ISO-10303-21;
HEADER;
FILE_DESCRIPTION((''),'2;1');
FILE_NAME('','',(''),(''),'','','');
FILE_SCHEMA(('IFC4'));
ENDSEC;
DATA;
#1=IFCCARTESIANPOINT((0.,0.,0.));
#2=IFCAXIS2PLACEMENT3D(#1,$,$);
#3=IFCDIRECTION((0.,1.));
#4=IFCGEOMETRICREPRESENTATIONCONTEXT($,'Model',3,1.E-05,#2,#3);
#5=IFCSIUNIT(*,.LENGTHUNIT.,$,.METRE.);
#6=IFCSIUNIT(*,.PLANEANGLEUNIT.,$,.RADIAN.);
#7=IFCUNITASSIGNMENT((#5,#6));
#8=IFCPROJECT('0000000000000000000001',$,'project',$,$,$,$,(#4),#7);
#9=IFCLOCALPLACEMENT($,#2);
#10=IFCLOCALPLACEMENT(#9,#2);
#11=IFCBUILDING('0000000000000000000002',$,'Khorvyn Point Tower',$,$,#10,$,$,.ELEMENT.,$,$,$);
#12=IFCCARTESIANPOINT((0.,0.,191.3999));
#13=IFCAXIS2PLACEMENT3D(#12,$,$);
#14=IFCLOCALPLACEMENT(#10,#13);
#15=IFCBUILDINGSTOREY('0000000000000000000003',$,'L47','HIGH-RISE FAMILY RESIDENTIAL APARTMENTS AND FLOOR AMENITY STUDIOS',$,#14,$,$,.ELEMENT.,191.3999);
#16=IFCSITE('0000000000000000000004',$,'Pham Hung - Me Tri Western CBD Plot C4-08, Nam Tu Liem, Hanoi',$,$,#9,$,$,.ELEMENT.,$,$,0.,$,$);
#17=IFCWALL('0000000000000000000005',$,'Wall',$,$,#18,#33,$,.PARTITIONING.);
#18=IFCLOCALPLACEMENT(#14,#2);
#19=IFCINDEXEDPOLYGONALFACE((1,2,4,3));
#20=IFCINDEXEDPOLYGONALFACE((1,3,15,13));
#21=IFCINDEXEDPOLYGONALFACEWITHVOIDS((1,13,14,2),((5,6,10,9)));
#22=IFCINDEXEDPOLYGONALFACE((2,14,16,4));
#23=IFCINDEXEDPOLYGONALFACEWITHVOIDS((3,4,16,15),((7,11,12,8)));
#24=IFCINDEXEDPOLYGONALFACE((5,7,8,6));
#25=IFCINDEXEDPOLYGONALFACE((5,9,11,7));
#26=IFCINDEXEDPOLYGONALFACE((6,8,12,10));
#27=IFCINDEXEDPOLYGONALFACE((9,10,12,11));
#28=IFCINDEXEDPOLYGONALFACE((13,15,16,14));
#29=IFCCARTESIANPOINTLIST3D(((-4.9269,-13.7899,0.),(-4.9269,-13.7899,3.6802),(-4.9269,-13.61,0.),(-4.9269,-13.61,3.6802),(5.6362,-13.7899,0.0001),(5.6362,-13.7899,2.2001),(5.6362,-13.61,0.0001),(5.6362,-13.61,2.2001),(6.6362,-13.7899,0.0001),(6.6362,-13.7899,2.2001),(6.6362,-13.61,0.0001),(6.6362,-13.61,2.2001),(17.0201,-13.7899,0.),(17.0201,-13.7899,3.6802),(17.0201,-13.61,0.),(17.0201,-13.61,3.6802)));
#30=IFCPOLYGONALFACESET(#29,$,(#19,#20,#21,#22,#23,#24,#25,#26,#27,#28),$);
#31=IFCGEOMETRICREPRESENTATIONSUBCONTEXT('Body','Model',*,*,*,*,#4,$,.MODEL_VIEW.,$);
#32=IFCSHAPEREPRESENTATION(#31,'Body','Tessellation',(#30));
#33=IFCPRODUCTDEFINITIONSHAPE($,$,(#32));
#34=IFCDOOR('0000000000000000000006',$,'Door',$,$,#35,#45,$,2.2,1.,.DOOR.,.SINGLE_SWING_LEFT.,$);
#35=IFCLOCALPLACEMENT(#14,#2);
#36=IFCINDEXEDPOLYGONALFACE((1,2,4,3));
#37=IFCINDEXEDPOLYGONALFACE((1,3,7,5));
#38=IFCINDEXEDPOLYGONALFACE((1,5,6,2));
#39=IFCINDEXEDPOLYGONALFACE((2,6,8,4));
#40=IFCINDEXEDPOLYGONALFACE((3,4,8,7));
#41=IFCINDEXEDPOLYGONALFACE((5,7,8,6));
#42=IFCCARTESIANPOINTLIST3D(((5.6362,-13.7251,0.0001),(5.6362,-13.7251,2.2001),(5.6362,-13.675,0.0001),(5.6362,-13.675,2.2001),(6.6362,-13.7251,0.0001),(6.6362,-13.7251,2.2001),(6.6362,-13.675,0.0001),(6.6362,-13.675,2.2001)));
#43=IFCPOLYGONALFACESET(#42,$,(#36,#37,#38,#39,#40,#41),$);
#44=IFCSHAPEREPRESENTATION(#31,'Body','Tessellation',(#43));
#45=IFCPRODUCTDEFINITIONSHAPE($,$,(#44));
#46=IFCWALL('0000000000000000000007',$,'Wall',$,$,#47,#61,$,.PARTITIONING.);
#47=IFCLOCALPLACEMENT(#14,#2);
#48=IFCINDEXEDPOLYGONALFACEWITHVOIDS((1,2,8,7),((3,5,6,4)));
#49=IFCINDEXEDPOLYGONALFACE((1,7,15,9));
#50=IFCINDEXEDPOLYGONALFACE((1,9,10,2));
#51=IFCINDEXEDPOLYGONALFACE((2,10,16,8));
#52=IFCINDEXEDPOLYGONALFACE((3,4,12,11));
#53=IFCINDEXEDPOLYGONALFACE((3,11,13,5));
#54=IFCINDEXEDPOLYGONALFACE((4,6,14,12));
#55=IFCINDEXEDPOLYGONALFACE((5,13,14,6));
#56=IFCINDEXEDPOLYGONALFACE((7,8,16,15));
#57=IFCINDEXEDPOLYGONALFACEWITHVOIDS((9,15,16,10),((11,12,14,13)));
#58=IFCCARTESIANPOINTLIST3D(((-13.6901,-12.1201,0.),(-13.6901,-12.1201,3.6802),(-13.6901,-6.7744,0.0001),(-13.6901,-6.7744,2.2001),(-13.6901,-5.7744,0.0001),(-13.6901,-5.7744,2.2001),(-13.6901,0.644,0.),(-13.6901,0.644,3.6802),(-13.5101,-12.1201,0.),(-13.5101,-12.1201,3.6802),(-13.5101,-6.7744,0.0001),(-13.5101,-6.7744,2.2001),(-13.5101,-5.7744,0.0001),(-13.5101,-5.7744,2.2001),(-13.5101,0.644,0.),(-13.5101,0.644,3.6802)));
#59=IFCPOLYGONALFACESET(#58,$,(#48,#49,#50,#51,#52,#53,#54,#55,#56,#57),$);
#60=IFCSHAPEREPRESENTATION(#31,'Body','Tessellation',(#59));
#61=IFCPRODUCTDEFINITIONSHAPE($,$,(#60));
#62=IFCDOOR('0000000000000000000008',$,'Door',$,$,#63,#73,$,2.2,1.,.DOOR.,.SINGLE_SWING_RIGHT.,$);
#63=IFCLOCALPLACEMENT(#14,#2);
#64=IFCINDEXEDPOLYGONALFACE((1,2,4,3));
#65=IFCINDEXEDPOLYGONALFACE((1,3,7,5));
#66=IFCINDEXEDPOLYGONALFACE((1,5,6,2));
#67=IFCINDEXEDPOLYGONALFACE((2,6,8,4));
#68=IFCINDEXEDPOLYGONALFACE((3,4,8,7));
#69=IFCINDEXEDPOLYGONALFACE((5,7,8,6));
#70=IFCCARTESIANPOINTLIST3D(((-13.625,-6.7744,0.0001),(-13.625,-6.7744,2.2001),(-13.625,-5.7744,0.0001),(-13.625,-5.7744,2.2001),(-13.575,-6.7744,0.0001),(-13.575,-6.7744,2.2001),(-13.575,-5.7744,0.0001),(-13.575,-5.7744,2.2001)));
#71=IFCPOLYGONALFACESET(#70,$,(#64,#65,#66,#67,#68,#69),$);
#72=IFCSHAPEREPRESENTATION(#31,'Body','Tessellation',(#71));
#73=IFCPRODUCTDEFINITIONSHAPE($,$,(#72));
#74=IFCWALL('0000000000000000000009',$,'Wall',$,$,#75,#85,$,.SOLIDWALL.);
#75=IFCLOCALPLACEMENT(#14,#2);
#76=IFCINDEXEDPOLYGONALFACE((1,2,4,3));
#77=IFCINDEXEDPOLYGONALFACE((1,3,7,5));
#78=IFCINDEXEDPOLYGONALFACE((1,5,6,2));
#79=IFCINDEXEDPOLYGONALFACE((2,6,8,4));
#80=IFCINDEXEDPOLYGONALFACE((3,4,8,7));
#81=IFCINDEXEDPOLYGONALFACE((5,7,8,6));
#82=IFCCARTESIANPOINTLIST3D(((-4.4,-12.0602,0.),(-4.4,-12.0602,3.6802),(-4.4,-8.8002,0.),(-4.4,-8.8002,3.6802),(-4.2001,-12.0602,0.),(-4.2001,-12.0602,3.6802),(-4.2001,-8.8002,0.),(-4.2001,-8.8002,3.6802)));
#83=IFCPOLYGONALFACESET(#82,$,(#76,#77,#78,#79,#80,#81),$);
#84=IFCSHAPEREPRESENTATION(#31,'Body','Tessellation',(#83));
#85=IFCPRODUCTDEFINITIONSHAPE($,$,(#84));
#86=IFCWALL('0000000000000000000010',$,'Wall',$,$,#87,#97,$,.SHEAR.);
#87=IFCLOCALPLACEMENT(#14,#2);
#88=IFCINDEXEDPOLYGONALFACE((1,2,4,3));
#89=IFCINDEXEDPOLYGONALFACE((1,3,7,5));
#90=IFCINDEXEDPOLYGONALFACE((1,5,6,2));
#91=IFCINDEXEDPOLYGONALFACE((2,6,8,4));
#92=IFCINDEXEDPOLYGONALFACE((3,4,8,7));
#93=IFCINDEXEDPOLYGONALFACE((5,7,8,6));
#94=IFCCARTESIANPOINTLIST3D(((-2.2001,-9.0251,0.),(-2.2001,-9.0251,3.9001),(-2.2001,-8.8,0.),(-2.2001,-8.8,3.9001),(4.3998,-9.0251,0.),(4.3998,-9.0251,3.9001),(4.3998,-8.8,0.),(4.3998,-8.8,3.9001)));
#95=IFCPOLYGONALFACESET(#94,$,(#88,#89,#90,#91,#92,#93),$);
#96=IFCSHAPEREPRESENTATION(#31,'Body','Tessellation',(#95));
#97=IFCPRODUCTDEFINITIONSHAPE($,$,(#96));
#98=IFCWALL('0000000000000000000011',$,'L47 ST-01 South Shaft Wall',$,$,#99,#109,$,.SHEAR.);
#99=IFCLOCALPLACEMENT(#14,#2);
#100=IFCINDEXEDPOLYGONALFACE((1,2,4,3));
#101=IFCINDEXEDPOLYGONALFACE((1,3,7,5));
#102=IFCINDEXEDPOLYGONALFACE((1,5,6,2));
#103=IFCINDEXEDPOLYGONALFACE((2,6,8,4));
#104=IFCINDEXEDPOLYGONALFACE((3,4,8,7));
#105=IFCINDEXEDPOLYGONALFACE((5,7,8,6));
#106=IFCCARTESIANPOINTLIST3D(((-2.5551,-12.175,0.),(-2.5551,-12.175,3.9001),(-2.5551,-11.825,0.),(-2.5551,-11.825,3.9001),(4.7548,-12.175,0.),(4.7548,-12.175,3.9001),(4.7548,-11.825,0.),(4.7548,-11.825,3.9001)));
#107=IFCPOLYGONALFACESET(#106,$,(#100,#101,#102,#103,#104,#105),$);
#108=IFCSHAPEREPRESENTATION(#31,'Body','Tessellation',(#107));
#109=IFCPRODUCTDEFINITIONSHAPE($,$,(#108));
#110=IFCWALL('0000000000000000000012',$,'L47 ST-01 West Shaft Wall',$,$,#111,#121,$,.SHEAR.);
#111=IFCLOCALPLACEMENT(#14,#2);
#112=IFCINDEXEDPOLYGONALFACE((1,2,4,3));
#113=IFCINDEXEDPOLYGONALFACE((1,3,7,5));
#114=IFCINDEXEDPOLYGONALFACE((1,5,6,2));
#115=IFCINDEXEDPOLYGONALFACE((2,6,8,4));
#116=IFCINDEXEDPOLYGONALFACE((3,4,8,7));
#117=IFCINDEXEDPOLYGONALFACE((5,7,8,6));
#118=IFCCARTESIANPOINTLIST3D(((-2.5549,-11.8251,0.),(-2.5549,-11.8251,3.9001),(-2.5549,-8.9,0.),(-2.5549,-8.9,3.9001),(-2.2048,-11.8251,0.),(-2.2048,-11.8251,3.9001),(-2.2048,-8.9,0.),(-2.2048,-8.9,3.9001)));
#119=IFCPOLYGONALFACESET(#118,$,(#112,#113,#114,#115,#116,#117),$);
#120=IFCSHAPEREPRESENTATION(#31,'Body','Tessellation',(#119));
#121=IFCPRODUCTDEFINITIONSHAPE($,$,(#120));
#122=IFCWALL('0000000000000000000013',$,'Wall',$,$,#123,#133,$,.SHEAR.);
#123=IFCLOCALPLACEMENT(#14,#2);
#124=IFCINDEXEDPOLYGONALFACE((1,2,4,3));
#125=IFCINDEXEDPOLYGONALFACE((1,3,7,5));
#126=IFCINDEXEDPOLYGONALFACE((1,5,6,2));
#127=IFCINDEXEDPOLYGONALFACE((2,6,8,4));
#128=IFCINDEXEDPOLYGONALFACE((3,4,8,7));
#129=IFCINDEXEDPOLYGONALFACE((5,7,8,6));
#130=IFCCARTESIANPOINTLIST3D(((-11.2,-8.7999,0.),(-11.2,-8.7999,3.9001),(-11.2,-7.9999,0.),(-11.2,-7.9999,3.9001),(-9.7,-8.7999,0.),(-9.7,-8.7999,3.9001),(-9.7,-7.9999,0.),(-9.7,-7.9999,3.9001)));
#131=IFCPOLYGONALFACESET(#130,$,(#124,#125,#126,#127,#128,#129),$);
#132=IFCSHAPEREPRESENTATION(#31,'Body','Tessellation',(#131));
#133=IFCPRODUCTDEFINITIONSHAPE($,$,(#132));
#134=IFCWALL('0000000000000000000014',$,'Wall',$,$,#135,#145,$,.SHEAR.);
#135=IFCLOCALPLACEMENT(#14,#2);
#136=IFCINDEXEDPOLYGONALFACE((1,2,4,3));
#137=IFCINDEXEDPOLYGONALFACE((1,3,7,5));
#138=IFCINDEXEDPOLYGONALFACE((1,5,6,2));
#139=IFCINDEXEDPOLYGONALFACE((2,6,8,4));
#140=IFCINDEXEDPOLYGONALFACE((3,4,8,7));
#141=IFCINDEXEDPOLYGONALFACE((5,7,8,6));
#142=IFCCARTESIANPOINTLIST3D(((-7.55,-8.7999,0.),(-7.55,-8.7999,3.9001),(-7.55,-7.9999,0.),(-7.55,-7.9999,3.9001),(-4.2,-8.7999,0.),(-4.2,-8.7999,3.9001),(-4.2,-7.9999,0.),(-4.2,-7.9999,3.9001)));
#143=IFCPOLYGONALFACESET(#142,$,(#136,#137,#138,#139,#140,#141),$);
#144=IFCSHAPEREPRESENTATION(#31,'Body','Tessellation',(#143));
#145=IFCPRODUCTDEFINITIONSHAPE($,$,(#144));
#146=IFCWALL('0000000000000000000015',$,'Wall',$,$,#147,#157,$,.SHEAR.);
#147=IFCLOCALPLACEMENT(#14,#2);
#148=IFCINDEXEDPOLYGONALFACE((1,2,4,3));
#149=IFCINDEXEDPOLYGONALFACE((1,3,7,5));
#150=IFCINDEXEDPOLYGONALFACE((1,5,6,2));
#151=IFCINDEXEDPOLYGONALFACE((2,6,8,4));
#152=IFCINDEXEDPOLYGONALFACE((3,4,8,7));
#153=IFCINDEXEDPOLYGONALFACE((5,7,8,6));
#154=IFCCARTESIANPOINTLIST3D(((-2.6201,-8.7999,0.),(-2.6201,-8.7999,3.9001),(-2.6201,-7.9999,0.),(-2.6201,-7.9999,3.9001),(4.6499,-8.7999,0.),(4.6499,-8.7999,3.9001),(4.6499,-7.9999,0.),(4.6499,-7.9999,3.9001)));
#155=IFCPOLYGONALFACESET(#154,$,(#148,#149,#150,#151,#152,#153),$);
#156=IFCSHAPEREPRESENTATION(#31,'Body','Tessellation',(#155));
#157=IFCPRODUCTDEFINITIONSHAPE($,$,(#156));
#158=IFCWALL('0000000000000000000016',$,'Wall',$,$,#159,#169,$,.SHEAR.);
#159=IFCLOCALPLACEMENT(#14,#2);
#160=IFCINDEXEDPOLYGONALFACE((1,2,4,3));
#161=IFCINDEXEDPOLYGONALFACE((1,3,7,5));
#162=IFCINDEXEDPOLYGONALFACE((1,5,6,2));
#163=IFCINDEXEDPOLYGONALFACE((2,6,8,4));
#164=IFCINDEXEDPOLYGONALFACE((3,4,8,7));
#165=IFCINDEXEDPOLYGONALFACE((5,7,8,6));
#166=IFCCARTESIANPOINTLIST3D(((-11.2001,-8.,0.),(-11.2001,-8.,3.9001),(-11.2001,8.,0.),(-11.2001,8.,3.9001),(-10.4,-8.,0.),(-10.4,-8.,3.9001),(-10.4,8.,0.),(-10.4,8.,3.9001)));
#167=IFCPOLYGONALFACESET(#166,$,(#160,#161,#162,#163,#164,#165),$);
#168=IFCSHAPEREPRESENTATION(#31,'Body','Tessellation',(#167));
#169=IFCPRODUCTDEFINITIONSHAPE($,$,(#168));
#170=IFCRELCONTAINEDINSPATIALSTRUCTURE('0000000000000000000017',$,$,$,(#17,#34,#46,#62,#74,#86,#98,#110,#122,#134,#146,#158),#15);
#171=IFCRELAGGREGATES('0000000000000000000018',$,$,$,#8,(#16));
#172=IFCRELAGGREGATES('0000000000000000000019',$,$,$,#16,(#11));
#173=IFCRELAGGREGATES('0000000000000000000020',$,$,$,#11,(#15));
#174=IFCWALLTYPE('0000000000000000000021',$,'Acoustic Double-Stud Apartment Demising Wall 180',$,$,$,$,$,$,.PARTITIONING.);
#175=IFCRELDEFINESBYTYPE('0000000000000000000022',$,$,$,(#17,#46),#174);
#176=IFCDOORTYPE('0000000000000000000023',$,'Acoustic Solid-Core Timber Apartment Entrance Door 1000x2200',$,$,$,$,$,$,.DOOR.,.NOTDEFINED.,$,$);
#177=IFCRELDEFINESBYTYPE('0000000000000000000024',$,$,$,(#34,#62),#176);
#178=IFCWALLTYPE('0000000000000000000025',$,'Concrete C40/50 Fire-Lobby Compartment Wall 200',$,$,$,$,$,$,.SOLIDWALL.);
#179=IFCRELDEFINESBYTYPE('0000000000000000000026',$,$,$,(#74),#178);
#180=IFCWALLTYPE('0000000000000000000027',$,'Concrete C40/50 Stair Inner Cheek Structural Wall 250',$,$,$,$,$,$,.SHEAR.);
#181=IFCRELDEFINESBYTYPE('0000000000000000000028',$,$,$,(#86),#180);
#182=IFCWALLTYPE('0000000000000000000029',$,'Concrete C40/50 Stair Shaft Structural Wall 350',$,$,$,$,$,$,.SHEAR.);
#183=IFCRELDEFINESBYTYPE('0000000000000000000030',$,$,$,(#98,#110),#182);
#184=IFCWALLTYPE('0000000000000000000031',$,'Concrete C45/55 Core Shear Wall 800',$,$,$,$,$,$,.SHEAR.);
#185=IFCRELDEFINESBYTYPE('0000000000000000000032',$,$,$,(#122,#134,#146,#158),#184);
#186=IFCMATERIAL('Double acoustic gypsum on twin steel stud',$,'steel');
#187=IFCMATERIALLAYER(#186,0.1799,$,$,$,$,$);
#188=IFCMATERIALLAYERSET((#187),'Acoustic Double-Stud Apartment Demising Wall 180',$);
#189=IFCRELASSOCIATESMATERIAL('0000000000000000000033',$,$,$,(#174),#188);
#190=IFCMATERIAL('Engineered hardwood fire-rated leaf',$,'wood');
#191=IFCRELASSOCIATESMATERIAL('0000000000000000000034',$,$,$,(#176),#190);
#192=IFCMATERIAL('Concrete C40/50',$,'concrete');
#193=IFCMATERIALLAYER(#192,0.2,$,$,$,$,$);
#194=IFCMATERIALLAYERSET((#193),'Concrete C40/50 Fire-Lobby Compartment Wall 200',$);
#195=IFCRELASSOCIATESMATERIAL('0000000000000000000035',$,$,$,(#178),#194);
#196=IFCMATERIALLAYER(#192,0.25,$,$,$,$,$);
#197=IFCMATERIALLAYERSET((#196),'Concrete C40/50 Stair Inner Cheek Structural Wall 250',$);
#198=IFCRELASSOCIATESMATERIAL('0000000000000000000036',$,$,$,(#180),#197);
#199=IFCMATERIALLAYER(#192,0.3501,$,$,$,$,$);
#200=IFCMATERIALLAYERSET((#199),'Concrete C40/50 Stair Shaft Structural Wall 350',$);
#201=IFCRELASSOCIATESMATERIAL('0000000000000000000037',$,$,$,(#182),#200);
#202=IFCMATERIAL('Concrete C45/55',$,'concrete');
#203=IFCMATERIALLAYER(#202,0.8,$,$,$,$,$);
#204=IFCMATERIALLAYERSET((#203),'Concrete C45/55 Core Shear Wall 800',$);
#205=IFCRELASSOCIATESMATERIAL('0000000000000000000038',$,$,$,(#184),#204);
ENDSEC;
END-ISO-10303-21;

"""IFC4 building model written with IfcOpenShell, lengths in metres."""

from ifc_helpers import new_model, si_unit, direction, frame, frame_2d, origin, place, context, subcontext, project, spatial, rectangle, extrude, material, layer, layer_set, type_object, element, fill, save


model = new_model("IFC4")

# Units and contexts
model_context = context("Model", 3, precision=1e-05, world=origin(), true_north=direction((0.0, 1.0)))
body_context = subcontext(model_context, "Body", "Model", "MODEL_VIEW")
ifc_project = project(units=[si_unit("LENGTHUNIT", "METRE"), si_unit("PLANEANGLEUNIT", "RADIAN")], contexts=[model_context])

# Site, building, storey
site_placement = place(None, origin())
site = spatial("IfcSite", under=ifc_project, at=site_placement, Name="Pham Hung - Me Tri Western CBD Plot C4-08, Nam Tu Liem, Hanoi", CompositionType="ELEMENT", RefElevation=0.0)
building_placement = place(site_placement, origin())
building = spatial("IfcBuilding", under=site, at=building_placement, Name="Khorvyn Point Tower", CompositionType="ELEMENT")
storey_placement = place(building_placement, frame((0.0, 0.0, 191.3999)))
storey = spatial("IfcBuildingStorey", under=building, at=storey_placement, Name="L47", Description="HIGH-RISE FAMILY RESIDENTIAL APARTMENTS AND FLOOR AMENITY STUDIOS", CompositionType="ELEMENT", Elevation=191.3999)

# Shared definitions
ifc_material_1 = material(Name="Concrete C45/55", Category="concrete")

# Walls, openings, doors
ifc_material_2 = material(Name="Double acoustic gypsum on twin steel stud", Category="steel")
ifc_layer_1 = layer(ifc_material_2, 0.1799)
ifc_layer_set_1 = layer_set([ifc_layer_1], Name="Acoustic Double-Stud Apartment Demising Wall 180")
wall_type_1 = type_object("IfcWallType", Name="Acoustic Double-Stud Apartment Demising Wall 180", PredefinedType="PARTITIONING", material=ifc_layer_set_1)
wall_1_placement = place(storey_placement, frame((-4.927, -13.7, 0.0), z_axis=(0.0, 0.0, 1.0), x_axis=(1.0, 0.0, 0.0)))
wall_1 = element("IfcWall", 1, at=wall_1_placement, inside=storey, type_object=wall_type_1, Name="Wall", PredefinedType="PARTITIONING", context=body_context, shape_type="SweptSolid", body=[
    extrude(rectangle(XDim=21.947, YDim=0.1799, at=frame_2d((10.9736, 0.0))), origin(), (0.0, 0.0, 1.0), 3.6802),
])
opening_1_placement = place(wall_1_placement, frame((10.5632, 0.0, 0.0)))
opening_1 = element("IfcOpeningElement", 2, at=opening_1_placement, cuts=wall_1, PredefinedType="OPENING", context=body_context, shape_type="SweptSolid", body=[
    extrude(rectangle(XDim=1.0, YDim=2.2, at=frame_2d((0.5, 1.1001))), frame((0.0, 0.0999, 0.0), z_axis=(0.0, -1.0, 0.0), x_axis=(1.0, 0.0, 0.0)), (0.0, 0.0, 1.0), 0.2),
])
ifc_material_3 = material(Name="Engineered hardwood fire-rated leaf", Category="wood")
door_type_1 = type_object("IfcDoorType", Name="Acoustic Solid-Core Timber Apartment Entrance Door 1000x2200", OperationType="NOTDEFINED", PredefinedType="DOOR", material=ifc_material_3)
door_1_placement = place(opening_1_placement, origin())
door_1 = element("IfcDoor", 3, at=door_1_placement, inside=storey, type_object=door_type_1, Name="Door", OperationType="SINGLE_SWING_LEFT", OverallHeight=2.2, OverallWidth=1.0, PredefinedType="DOOR", context=body_context, shape_type="SweptSolid", body=[
    extrude(rectangle(XDim=1.0, YDim=2.2, at=frame_2d((0.5, 1.1001))), frame((0.0, 0.0249, 0.0), z_axis=(0.0, -1.0, 0.0), x_axis=(1.0, 0.0, 0.0)), (0.0, 0.0, 1.0), 0.05),
])
fill(opening_1, door_1)
wall_2_placement = place(storey_placement, frame((-13.6001, -12.1201, 0.0), z_axis=(0.0, 0.0, 1.0), x_axis=(0.0, 1.0, 0.0)))
wall_2 = element("IfcWall", 4, at=wall_2_placement, inside=storey, type_object=wall_type_1, Name="Wall", PredefinedType="PARTITIONING", context=body_context, shape_type="SweptSolid", body=[
    extrude(rectangle(XDim=12.7642, YDim=0.1799, at=frame_2d((6.3821, 0.0))), origin(), (0.0, 0.0, 1.0), 3.6802),
])
opening_2_placement = place(wall_2_placement, frame((5.3457, 0.0, 0.0)))
opening_2 = element("IfcOpeningElement", 5, at=opening_2_placement, cuts=wall_2, PredefinedType="OPENING", context=body_context, shape_type="SweptSolid", body=[
    extrude(rectangle(XDim=1.0, YDim=2.2, at=frame_2d((0.5, 1.1001))), frame((0.0, 0.0999, 0.0), z_axis=(0.0, -1.0, 0.0), x_axis=(1.0, 0.0, 0.0)), (0.0, 0.0, 1.0), 0.2),
])
door_2_placement = place(opening_2_placement, origin())
door_2 = element("IfcDoor", 6, at=door_2_placement, inside=storey, type_object=door_type_1, Name="Door", OperationType="SINGLE_SWING_RIGHT", OverallHeight=2.2, OverallWidth=1.0, PredefinedType="DOOR", context=body_context, shape_type="SweptSolid", body=[
    extrude(rectangle(XDim=1.0, YDim=2.2, at=frame_2d((0.5, 1.1001))), frame((0.0, 0.0249, 0.0), z_axis=(0.0, -1.0, 0.0), x_axis=(1.0, 0.0, 0.0)), (0.0, 0.0, 1.0), 0.05),
])
fill(opening_2, door_2)
ifc_material_4 = material(Name="Concrete C40/50", Category="concrete")
ifc_layer_2 = layer(ifc_material_4, 0.2)
ifc_layer_set_2 = layer_set([ifc_layer_2], Name="Concrete C40/50 Fire-Lobby Compartment Wall 200")
wall_type_2 = type_object("IfcWallType", Name="Concrete C40/50 Fire-Lobby Compartment Wall 200", PredefinedType="SOLIDWALL", material=ifc_layer_set_2)

# Walls
wall_3_placement = place(storey_placement, frame((-4.3, -12.0601, 0.0), z_axis=(0.0, 0.0, 1.0), x_axis=(0.0, 1.0, 0.0)))
element("IfcWall", 7, at=wall_3_placement, inside=storey, type_object=wall_type_2, Name="Wall", PredefinedType="SOLIDWALL", context=body_context, shape_type="SweptSolid", body=[
    extrude(rectangle(XDim=3.26, YDim=0.2, at=frame_2d((1.6299, 0.0))), origin(), (0.0, 0.0, 1.0), 3.6802),
])
ifc_layer_3 = layer(ifc_material_4, 0.25)
ifc_layer_set_3 = layer_set([ifc_layer_3], Name="Concrete C40/50 Stair Inner Cheek Structural Wall 250")
wall_type_3 = type_object("IfcWallType", Name="Concrete C40/50 Stair Inner Cheek Structural Wall 250", PredefinedType="SHEAR", material=ifc_layer_set_3)
wall_4_placement = place(storey_placement, frame((-2.2, -8.9126, 0.0), z_axis=(0.0, 0.0, 1.0), x_axis=(1.0, 0.0, 0.0)))
element("IfcWall", 8, at=wall_4_placement, inside=storey, type_object=wall_type_3, Name="Wall", PredefinedType="SHEAR", context=body_context, shape_type="SweptSolid", body=[
    extrude(rectangle(XDim=6.5999, YDim=0.2251, at=frame_2d((3.2998, 0.0))), origin(), (0.0, 0.0, 1.0), 3.9001),
])
ifc_layer_4 = layer(ifc_material_4, 0.3501)
ifc_layer_set_4 = layer_set([ifc_layer_4], Name="Concrete C40/50 Stair Shaft Structural Wall 350")
wall_type_4 = type_object("IfcWallType", Name="Concrete C40/50 Stair Shaft Structural Wall 350", PredefinedType="SHEAR", material=ifc_layer_set_4)
wall_5_placement = place(storey_placement, frame((-2.5549, -12.0, 0.0), z_axis=(0.0, 0.0, 1.0), x_axis=(1.0, 0.0, 0.0)))
element("IfcWall", 9, at=wall_5_placement, inside=storey, type_object=wall_type_4, Name="L47 ST-01 South Shaft Wall", PredefinedType="SHEAR", context=body_context, shape_type="SweptSolid", body=[
    extrude(rectangle(XDim=7.3098, YDim=0.3501, at=frame_2d((3.6548, 0.0))), origin(), (0.0, 0.0, 1.0), 3.9001),
])
wall_6_placement = place(storey_placement, frame((-2.3799, -11.825, 0.0), z_axis=(0.0, 0.0, 1.0), x_axis=(0.0, 1.0, 0.0)))
element("IfcWall", 10, at=wall_6_placement, inside=storey, type_object=wall_type_4, Name="L47 ST-01 West Shaft Wall", PredefinedType="SHEAR", context=body_context, shape_type="SweptSolid", body=[
    extrude(rectangle(XDim=2.925, YDim=0.3501, at=frame_2d((1.4624, 0.0))), origin(), (0.0, 0.0, 1.0), 3.9001),
])
ifc_layer_5 = layer(ifc_material_1, 0.8)
ifc_layer_set_5 = layer_set([ifc_layer_5], Name="Concrete C45/55 Core Shear Wall 800")
wall_type_5 = type_object("IfcWallType", Name="Concrete C45/55 Core Shear Wall 800", PredefinedType="SHEAR", material=ifc_layer_set_5)
wall_7_placement = place(storey_placement, frame((-11.2, -8.3999, 0.0), z_axis=(0.0, 0.0, 1.0), x_axis=(1.0, 0.0, 0.0)))
element("IfcWall", 11, at=wall_7_placement, inside=storey, type_object=wall_type_5, Name="Wall", PredefinedType="SHEAR", context=body_context, shape_type="SweptSolid", body=[
    extrude(rectangle(XDim=1.5, YDim=0.8, at=frame_2d((0.75, 0.0))), origin(), (0.0, 0.0, 1.0), 3.9001),
])
wall_8_placement = place(storey_placement, frame((-7.55, -8.3999, 0.0), z_axis=(0.0, 0.0, 1.0), x_axis=(1.0, 0.0, 0.0)))
element("IfcWall", 12, at=wall_8_placement, inside=storey, type_object=wall_type_5, Name="Wall", PredefinedType="SHEAR", context=body_context, shape_type="SweptSolid", body=[
    extrude(rectangle(XDim=3.3501, YDim=0.8, at=frame_2d((1.675, 0.0))), origin(), (0.0, 0.0, 1.0), 3.9001),
])
wall_9_placement = place(storey_placement, frame((-2.6201, -8.3999, 0.0), z_axis=(0.0, 0.0, 1.0), x_axis=(1.0, 0.0, 0.0)))
element("IfcWall", 13, at=wall_9_placement, inside=storey, type_object=wall_type_5, Name="Wall", PredefinedType="SHEAR", context=body_context, shape_type="SweptSolid", body=[
    extrude(rectangle(XDim=7.27, YDim=0.8, at=frame_2d((3.635, 0.0))), origin(), (0.0, 0.0, 1.0), 3.9001),
])
wall_10_placement = place(storey_placement, frame((-10.8, -8.0, 0.0), z_axis=(0.0, 0.0, 1.0), x_axis=(0.0, 1.0, 0.0)))
element("IfcWall", 14, at=wall_10_placement, inside=storey, type_object=wall_type_5, Name="Wall", PredefinedType="SHEAR", context=body_context, shape_type="SweptSolid", body=[
    extrude(rectangle(XDim=16.0, YDim=0.8, at=frame_2d((8.0, 0.0))), origin(), (0.0, 0.0, 1.0), 3.9001),
])

save(model, "model.ifc")
